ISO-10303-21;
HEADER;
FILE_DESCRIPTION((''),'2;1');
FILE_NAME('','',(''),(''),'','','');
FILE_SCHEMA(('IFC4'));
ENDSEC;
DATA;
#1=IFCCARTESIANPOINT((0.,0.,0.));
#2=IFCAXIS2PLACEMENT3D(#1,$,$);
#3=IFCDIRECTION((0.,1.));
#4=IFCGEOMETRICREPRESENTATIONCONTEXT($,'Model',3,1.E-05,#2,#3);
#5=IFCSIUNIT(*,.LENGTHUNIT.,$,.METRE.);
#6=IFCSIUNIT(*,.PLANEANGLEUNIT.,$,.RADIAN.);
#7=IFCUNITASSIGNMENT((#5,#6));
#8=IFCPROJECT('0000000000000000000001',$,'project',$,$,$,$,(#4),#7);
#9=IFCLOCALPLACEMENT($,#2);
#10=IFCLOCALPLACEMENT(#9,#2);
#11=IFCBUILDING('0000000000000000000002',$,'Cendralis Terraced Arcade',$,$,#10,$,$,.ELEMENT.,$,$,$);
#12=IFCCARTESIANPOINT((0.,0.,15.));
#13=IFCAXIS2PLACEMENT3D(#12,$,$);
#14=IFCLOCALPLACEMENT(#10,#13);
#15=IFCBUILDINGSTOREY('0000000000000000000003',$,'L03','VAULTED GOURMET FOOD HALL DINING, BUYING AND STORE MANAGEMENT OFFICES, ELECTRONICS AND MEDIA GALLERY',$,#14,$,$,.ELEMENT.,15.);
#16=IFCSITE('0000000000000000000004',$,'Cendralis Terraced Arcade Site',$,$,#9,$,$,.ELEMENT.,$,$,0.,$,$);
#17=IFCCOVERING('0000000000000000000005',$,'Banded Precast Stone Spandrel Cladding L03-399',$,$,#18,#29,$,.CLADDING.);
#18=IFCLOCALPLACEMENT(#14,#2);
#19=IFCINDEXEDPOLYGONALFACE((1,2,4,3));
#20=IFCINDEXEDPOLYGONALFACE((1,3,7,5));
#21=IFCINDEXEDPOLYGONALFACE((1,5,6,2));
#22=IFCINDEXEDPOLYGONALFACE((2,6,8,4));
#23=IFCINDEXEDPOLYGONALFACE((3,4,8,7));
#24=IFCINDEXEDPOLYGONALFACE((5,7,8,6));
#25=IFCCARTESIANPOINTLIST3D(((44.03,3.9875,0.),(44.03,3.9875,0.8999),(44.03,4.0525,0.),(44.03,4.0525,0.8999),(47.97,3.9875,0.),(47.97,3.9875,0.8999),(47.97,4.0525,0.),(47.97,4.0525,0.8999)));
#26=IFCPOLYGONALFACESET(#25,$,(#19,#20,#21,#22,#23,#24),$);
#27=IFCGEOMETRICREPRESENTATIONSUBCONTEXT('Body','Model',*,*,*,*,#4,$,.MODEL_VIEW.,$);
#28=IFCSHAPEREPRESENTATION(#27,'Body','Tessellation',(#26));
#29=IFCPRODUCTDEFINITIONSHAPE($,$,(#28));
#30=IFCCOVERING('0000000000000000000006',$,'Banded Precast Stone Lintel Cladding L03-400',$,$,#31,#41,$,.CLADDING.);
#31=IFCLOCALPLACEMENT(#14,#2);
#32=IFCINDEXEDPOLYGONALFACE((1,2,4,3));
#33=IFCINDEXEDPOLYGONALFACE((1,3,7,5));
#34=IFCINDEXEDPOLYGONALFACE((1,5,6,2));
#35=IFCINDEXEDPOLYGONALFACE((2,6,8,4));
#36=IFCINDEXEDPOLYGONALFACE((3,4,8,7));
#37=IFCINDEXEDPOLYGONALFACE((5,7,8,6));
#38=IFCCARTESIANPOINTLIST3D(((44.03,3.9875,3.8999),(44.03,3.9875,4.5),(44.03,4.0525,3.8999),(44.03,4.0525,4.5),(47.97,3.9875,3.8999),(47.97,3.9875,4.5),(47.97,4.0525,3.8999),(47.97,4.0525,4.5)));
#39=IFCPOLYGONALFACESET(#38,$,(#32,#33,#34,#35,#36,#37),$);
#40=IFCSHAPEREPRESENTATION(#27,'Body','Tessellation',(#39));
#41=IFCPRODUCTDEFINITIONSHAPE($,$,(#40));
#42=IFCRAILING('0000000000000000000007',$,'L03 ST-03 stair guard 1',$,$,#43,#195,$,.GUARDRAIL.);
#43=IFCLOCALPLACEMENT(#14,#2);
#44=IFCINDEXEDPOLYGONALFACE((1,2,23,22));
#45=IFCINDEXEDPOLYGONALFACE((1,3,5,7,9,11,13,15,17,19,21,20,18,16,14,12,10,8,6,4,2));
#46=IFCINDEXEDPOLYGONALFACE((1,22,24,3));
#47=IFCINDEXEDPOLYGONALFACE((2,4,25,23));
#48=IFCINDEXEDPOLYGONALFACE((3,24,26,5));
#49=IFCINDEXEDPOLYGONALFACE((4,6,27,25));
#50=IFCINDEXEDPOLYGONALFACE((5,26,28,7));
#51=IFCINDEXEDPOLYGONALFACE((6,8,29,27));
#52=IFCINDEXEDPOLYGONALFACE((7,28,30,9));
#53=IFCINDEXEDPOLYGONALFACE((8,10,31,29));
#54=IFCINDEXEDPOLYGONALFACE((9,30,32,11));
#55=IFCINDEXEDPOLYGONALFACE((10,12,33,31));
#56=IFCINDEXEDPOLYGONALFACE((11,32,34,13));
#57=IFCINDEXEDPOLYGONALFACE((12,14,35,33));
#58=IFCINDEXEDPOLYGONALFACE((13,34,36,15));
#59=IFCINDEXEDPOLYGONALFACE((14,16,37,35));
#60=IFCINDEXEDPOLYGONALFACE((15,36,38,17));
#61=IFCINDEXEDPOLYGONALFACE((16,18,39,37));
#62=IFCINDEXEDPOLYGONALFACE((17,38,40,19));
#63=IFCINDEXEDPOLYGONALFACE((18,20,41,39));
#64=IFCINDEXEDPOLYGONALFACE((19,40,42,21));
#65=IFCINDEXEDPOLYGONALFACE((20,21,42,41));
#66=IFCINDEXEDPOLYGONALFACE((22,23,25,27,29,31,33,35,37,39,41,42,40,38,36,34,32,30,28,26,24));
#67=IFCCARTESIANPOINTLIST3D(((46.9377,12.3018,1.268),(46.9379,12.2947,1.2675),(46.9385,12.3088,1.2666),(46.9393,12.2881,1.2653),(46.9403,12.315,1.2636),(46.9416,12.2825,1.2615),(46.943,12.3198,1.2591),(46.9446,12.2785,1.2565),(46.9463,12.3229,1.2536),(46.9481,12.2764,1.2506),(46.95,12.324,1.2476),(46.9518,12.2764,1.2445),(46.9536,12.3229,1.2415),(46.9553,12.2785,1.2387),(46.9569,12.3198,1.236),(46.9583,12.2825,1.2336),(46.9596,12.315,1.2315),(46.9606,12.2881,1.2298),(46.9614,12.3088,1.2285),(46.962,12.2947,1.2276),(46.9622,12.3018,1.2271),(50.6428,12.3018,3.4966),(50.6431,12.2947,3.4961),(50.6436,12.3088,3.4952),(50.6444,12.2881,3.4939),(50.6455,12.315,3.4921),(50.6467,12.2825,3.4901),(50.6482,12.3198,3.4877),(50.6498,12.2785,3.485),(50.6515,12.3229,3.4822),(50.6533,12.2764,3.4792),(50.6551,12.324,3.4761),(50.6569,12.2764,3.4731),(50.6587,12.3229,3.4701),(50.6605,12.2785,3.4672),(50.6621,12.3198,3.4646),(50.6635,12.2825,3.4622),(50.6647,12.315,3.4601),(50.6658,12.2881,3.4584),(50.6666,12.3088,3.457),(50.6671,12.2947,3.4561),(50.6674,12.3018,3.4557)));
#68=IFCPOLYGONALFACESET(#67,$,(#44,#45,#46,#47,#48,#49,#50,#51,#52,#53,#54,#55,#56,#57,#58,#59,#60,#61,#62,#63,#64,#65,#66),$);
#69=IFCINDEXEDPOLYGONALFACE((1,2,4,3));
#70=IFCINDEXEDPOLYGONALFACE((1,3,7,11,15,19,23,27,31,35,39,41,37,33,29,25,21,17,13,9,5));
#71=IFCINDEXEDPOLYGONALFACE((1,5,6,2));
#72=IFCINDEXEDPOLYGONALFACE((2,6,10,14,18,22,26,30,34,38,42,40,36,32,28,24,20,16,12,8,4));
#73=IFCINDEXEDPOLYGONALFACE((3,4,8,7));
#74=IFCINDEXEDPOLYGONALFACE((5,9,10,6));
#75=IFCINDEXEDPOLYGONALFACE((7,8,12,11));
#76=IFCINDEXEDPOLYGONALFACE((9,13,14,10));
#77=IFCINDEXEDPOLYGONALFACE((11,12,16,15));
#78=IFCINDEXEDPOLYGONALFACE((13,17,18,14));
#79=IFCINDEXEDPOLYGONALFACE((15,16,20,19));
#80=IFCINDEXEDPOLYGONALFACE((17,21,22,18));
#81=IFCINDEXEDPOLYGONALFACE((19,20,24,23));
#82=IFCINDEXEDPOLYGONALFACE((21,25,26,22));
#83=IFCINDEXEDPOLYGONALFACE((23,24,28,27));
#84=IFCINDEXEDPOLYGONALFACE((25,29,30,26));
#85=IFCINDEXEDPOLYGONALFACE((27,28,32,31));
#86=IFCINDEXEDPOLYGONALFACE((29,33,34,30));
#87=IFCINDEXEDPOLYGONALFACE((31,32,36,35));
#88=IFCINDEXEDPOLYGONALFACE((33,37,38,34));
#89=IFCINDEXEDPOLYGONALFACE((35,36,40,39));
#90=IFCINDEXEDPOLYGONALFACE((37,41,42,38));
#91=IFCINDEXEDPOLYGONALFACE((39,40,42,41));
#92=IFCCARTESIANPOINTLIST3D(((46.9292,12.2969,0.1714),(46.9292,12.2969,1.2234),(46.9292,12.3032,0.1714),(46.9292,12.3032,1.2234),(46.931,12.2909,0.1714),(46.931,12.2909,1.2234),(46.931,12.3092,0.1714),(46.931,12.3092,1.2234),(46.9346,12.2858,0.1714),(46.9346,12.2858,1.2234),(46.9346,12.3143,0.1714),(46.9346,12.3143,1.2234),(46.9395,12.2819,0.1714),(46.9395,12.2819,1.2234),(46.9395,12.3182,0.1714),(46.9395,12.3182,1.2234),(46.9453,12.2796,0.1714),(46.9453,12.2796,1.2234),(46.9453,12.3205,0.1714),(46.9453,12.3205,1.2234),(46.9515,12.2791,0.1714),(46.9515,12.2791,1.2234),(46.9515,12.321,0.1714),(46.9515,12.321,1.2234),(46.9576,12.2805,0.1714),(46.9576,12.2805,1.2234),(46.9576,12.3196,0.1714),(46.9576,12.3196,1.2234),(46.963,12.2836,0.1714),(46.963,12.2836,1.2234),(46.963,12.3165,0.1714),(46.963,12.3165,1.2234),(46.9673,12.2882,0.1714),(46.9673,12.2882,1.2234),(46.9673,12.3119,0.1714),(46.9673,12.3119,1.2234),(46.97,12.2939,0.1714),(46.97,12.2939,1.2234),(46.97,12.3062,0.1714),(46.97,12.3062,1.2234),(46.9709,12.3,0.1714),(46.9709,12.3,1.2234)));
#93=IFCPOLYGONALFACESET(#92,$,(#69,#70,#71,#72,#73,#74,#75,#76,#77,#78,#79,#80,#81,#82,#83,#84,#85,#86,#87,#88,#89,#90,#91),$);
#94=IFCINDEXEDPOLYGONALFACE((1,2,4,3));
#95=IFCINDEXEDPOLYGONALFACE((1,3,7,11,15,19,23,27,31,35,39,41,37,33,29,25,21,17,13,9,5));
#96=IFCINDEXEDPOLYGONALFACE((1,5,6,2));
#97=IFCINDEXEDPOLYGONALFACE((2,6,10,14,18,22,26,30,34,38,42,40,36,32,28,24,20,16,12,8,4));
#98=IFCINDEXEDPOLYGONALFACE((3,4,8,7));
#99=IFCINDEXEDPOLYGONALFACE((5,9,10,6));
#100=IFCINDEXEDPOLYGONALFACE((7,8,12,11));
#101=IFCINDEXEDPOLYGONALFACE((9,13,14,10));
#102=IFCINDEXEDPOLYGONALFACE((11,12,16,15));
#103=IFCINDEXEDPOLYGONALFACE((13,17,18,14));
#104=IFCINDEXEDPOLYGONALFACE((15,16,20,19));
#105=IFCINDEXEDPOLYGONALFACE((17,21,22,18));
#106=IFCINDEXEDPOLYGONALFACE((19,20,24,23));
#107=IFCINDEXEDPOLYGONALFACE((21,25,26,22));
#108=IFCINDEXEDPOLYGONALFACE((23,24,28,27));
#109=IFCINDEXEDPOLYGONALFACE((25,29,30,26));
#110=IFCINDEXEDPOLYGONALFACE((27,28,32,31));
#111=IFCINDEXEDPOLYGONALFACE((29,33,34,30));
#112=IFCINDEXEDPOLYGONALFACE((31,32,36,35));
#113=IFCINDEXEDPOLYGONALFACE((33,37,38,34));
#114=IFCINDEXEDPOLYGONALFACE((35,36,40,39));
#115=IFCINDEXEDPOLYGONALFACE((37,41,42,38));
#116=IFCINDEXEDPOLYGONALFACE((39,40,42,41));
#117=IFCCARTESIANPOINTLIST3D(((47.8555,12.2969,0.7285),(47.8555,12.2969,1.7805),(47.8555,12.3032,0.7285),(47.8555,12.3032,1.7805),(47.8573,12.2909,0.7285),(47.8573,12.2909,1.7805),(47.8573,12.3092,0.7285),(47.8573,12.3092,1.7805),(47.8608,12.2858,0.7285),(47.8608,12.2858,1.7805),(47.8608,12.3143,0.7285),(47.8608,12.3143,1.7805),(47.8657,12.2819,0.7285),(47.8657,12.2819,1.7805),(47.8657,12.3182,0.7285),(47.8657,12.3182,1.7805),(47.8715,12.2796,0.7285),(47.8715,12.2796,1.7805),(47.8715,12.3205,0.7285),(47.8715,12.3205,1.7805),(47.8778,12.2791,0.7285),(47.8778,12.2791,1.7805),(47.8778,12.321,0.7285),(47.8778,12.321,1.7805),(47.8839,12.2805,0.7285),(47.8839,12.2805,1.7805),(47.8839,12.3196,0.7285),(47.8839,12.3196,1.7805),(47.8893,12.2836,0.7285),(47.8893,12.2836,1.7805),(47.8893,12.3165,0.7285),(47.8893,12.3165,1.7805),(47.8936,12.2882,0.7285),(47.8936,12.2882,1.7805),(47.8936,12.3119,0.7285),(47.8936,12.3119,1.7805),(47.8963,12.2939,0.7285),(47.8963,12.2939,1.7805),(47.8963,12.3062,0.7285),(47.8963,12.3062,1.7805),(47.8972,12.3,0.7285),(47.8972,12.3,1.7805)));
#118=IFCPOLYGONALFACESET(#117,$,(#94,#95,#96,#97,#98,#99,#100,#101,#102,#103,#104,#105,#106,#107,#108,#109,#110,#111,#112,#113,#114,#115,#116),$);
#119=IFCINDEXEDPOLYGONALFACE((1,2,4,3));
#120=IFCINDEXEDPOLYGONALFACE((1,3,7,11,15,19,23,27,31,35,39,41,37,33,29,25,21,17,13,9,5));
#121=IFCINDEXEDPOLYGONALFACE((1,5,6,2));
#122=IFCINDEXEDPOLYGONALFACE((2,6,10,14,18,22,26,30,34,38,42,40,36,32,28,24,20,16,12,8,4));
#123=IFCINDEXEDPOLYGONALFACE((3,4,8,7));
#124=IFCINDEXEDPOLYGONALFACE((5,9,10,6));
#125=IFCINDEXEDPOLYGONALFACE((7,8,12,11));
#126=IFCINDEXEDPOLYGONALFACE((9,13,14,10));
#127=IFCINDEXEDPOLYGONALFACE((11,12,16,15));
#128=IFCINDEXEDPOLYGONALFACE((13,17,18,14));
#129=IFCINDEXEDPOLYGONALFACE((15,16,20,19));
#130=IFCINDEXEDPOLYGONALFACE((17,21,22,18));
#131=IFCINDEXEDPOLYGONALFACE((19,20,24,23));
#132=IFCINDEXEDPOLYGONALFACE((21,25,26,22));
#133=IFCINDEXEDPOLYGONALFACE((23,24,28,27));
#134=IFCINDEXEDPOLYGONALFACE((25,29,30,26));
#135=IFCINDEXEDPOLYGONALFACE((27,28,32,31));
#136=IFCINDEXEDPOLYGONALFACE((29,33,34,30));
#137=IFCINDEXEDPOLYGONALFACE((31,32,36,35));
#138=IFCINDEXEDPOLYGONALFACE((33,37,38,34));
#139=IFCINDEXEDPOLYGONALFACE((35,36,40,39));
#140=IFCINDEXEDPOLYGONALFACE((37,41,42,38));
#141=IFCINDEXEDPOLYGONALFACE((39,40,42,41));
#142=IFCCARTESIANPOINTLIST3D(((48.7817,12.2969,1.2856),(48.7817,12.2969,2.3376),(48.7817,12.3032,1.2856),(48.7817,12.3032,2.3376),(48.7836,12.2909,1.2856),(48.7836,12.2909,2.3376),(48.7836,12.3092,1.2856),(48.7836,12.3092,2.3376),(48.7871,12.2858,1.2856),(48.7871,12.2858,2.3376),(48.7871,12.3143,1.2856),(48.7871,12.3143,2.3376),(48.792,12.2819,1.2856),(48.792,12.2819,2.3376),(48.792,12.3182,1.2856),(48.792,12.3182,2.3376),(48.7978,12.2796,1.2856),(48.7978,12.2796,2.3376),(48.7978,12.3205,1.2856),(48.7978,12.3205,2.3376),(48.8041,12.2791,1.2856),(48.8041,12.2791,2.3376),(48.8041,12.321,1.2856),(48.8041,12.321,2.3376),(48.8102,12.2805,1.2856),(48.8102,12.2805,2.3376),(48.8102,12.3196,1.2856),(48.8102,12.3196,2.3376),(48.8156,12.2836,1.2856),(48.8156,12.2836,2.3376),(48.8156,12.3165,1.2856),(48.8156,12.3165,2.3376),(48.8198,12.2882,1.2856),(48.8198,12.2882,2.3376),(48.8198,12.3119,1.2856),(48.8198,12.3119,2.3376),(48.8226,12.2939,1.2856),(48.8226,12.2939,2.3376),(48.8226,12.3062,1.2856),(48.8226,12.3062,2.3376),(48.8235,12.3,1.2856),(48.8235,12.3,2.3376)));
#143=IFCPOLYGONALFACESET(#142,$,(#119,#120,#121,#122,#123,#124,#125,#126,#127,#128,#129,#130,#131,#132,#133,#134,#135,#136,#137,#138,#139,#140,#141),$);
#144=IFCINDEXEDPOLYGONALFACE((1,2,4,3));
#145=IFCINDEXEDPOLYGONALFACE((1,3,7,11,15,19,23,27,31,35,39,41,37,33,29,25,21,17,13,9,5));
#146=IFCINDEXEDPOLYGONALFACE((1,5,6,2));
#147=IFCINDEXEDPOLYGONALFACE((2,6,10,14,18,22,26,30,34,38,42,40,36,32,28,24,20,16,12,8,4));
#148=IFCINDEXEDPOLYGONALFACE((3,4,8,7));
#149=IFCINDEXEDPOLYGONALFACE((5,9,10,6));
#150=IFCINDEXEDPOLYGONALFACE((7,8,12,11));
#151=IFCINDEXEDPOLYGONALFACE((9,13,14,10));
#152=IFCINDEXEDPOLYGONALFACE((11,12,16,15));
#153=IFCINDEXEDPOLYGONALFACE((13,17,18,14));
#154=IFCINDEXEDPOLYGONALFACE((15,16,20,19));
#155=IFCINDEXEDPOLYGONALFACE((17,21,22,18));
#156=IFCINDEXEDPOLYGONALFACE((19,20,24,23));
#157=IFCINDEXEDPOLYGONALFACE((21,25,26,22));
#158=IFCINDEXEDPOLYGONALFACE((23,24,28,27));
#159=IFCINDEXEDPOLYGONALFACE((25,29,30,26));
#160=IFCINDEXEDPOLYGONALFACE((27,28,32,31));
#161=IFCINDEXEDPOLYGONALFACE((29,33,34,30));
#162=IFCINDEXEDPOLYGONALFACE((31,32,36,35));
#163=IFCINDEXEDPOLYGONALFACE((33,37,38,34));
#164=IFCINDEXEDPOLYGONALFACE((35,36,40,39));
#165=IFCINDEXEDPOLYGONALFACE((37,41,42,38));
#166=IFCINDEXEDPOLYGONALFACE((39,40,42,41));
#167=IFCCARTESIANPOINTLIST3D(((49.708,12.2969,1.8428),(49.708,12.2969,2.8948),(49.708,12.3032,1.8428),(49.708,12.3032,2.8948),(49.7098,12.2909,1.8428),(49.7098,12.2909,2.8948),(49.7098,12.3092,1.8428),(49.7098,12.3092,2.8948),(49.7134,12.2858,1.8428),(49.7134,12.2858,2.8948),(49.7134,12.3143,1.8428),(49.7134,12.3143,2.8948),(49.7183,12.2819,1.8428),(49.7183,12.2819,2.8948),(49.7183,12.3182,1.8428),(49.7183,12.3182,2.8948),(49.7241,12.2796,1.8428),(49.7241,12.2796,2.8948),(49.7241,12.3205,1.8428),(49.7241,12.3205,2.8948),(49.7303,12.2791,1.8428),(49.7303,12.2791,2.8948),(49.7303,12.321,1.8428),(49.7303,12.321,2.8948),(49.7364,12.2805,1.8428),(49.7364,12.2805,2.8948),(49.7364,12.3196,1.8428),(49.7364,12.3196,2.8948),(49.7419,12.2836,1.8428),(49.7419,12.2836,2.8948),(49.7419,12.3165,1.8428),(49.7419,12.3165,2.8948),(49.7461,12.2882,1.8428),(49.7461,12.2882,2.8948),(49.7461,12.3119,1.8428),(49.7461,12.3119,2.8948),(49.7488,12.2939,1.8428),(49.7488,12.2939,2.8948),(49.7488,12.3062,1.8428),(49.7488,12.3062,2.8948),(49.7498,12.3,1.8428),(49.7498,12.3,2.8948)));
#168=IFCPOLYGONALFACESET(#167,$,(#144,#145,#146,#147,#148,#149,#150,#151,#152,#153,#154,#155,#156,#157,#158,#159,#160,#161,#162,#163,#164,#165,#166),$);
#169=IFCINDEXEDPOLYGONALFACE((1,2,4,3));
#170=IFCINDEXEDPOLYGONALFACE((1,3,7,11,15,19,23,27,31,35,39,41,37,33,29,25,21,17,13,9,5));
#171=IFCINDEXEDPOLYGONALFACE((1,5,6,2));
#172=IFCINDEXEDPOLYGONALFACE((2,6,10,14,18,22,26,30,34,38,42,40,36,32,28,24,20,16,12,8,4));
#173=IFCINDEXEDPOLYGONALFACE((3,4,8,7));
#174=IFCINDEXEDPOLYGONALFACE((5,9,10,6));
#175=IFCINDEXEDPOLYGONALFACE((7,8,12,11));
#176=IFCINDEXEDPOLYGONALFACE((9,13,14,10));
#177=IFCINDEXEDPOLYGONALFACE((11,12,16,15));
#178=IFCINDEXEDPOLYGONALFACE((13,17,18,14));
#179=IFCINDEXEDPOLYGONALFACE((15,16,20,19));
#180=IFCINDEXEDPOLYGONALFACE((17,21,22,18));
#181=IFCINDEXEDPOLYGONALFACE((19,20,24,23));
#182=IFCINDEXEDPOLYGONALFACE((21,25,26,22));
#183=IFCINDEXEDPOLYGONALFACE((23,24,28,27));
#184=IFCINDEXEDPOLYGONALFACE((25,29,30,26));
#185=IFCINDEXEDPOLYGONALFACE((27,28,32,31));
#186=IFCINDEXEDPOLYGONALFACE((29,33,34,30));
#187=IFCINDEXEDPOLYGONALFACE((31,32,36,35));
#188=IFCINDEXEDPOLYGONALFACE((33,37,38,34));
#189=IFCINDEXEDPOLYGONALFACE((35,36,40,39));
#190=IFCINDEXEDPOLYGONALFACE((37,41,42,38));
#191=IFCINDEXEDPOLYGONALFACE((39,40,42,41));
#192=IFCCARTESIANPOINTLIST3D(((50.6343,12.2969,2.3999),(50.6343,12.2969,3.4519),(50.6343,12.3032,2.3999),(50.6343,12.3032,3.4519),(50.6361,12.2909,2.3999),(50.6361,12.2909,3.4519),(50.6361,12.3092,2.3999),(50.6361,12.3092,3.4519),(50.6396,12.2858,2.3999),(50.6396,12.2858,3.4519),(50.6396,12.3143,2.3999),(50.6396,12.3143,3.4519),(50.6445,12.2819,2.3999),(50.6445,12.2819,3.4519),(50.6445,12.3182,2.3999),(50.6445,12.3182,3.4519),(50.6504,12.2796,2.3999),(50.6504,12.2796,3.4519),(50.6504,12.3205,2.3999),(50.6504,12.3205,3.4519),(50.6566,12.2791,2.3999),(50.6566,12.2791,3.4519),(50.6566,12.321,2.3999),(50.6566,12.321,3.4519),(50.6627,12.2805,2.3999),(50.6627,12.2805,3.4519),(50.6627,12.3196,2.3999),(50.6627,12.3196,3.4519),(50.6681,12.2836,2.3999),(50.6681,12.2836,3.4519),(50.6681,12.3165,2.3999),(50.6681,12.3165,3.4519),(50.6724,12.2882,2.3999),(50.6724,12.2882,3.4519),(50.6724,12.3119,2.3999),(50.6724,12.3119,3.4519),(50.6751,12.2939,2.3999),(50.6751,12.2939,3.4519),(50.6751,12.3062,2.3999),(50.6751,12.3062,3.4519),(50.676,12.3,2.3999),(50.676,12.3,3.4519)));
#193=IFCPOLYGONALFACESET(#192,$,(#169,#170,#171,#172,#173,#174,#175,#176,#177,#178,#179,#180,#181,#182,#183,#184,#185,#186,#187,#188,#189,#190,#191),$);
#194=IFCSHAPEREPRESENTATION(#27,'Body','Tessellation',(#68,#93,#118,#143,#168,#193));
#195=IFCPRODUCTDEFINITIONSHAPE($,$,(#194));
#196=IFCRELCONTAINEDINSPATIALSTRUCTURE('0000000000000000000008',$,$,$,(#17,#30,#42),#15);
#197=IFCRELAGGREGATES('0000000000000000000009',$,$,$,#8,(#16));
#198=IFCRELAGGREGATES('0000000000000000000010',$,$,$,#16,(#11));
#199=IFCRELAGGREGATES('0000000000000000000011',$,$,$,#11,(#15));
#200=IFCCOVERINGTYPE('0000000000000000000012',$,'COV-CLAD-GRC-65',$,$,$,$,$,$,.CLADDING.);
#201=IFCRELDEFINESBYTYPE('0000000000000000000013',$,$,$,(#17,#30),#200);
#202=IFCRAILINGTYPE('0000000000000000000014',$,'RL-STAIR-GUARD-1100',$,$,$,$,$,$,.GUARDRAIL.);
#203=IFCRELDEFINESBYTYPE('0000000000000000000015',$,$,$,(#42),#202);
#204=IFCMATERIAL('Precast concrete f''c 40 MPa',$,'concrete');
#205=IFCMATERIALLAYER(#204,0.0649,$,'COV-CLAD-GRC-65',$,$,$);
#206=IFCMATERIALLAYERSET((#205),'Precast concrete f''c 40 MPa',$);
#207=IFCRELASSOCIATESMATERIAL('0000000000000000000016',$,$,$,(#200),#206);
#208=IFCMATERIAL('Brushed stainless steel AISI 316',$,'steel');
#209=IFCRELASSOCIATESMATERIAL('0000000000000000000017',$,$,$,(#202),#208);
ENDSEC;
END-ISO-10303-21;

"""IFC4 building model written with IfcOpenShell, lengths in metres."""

from ifc_helpers import new_model, si_unit, direction, frame, origin, origin_2d, place, context, subcontext, project, spatial, rectangle, circle, extrude, material, layer, layer_set, type_object, element, save


model = new_model("IFC4")

# Units and contexts
model_context = context("Model", 3, precision=1e-05, world=origin(), true_north=direction((0.0, 1.0)))
body_context = subcontext(model_context, "Body", "Model", "MODEL_VIEW")
ifc_project = project(units=[si_unit("LENGTHUNIT", "METRE"), si_unit("PLANEANGLEUNIT", "RADIAN")], contexts=[model_context])

# Site, building, storey
site_placement = place(None, origin())
site = spatial("IfcSite", under=ifc_project, at=site_placement, Name="Cendralis Terraced Arcade Site", CompositionType="ELEMENT", RefElevation=0.0)
building_placement = place(site_placement, origin())
building = spatial("IfcBuilding", under=site, at=building_placement, Name="Cendralis Terraced Arcade", CompositionType="ELEMENT")
storey_placement = place(building_placement, frame((0.0, 0.0, 15.0)))
storey = spatial("IfcBuildingStorey", under=building, at=storey_placement, Name="L03", Description="VAULTED GOURMET FOOD HALL DINING, BUYING AND STORE MANAGEMENT OFFICES, ELECTRONICS AND MEDIA GALLERY", CompositionType="ELEMENT", Elevation=15.0)

# Shared definitions
ifc_material_1 = material(Name="Precast concrete f'c 40 MPa", Category="concrete")

# Coverings
ifc_layer_1 = layer(ifc_material_1, 0.0649, Name="COV-CLAD-GRC-65")
ifc_layer_set_1 = layer_set([ifc_layer_1], Name="Precast concrete f'c 40 MPa")
covering_type = type_object("IfcCoveringType", Name="COV-CLAD-GRC-65", PredefinedType="CLADDING", material=ifc_layer_set_1)
covering_1_placement = place(storey_placement, frame((46.0, 4.02, 0.0), z_axis=(0.0, 0.0, 1.0), x_axis=(-1.0, 0.0, 0.0)))
element("IfcCovering", 1, at=covering_1_placement, inside=storey, type_object=covering_type, Name="Banded Precast Stone Spandrel Cladding L03-399", PredefinedType="CLADDING", context=body_context, shape_type="SweptSolid", body=[
    extrude(rectangle(XDim=3.9399, YDim=0.0649, at=origin_2d()), origin(), (0.0, 0.0, 1.0), 0.8999),
])
covering_2_placement = place(storey_placement, frame((46.0, 4.02, 3.8999), z_axis=(0.0, 0.0, 1.0), x_axis=(-1.0, 0.0, 0.0)))
element("IfcCovering", 2, at=covering_2_placement, inside=storey, type_object=covering_type, Name="Banded Precast Stone Lintel Cladding L03-400", PredefinedType="CLADDING", context=body_context, shape_type="SweptSolid", body=[
    extrude(rectangle(XDim=3.9399, YDim=0.0649, at=origin_2d()), origin(), (0.0, 0.0, 1.0), 0.6001),
])

# Railing
ifc_material_2 = material(Name="Brushed stainless steel AISI 316", Category="steel")
railing_type_1 = type_object("IfcRailingType", Name="RL-STAIR-GUARD-1100", PredefinedType="GUARDRAIL", material=ifc_material_2)
railing_1_placement = place(storey_placement, frame((46.95, 12.3, 0.1714)))
element("IfcRailing", 3, at=railing_1_placement, inside=storey, type_object=railing_type_1, Name="L03 ST-03 stair guard 1", PredefinedType="GUARDRAIL", context=body_context, shape_type="SweptSolid", body=[
    extrude(circle(Radius=0.0239, at=origin_2d()), frame((0.0, 0.0, 1.0762), z_axis=(0.856934, 0.0, 0.515425), x_axis=(0.0, 1.0, 0.0)), (0.0, 0.0, 1.0), 4.3237),
    extrude(circle(Radius=0.021, at=origin_2d()), origin(), (0.0, 0.0, 1.0), 1.052),
    extrude(circle(Radius=0.021, at=origin_2d()), frame((0.9263, 0.0, 0.5571)), (0.0, 0.0, 1.0), 1.052),
    extrude(circle(Radius=0.021, at=origin_2d()), frame((1.8525, 0.0, 1.1143)), (0.0, 0.0, 1.0), 1.052),
    extrude(circle(Radius=0.021, at=origin_2d()), frame((2.7788, 0.0, 1.6714)), (0.0, 0.0, 1.0), 1.052),
    extrude(circle(Radius=0.021, at=origin_2d()), frame((3.7051, 0.0, 2.2285)), (0.0, 0.0, 1.0), 1.052),
])

save(model, "model.ifc")
